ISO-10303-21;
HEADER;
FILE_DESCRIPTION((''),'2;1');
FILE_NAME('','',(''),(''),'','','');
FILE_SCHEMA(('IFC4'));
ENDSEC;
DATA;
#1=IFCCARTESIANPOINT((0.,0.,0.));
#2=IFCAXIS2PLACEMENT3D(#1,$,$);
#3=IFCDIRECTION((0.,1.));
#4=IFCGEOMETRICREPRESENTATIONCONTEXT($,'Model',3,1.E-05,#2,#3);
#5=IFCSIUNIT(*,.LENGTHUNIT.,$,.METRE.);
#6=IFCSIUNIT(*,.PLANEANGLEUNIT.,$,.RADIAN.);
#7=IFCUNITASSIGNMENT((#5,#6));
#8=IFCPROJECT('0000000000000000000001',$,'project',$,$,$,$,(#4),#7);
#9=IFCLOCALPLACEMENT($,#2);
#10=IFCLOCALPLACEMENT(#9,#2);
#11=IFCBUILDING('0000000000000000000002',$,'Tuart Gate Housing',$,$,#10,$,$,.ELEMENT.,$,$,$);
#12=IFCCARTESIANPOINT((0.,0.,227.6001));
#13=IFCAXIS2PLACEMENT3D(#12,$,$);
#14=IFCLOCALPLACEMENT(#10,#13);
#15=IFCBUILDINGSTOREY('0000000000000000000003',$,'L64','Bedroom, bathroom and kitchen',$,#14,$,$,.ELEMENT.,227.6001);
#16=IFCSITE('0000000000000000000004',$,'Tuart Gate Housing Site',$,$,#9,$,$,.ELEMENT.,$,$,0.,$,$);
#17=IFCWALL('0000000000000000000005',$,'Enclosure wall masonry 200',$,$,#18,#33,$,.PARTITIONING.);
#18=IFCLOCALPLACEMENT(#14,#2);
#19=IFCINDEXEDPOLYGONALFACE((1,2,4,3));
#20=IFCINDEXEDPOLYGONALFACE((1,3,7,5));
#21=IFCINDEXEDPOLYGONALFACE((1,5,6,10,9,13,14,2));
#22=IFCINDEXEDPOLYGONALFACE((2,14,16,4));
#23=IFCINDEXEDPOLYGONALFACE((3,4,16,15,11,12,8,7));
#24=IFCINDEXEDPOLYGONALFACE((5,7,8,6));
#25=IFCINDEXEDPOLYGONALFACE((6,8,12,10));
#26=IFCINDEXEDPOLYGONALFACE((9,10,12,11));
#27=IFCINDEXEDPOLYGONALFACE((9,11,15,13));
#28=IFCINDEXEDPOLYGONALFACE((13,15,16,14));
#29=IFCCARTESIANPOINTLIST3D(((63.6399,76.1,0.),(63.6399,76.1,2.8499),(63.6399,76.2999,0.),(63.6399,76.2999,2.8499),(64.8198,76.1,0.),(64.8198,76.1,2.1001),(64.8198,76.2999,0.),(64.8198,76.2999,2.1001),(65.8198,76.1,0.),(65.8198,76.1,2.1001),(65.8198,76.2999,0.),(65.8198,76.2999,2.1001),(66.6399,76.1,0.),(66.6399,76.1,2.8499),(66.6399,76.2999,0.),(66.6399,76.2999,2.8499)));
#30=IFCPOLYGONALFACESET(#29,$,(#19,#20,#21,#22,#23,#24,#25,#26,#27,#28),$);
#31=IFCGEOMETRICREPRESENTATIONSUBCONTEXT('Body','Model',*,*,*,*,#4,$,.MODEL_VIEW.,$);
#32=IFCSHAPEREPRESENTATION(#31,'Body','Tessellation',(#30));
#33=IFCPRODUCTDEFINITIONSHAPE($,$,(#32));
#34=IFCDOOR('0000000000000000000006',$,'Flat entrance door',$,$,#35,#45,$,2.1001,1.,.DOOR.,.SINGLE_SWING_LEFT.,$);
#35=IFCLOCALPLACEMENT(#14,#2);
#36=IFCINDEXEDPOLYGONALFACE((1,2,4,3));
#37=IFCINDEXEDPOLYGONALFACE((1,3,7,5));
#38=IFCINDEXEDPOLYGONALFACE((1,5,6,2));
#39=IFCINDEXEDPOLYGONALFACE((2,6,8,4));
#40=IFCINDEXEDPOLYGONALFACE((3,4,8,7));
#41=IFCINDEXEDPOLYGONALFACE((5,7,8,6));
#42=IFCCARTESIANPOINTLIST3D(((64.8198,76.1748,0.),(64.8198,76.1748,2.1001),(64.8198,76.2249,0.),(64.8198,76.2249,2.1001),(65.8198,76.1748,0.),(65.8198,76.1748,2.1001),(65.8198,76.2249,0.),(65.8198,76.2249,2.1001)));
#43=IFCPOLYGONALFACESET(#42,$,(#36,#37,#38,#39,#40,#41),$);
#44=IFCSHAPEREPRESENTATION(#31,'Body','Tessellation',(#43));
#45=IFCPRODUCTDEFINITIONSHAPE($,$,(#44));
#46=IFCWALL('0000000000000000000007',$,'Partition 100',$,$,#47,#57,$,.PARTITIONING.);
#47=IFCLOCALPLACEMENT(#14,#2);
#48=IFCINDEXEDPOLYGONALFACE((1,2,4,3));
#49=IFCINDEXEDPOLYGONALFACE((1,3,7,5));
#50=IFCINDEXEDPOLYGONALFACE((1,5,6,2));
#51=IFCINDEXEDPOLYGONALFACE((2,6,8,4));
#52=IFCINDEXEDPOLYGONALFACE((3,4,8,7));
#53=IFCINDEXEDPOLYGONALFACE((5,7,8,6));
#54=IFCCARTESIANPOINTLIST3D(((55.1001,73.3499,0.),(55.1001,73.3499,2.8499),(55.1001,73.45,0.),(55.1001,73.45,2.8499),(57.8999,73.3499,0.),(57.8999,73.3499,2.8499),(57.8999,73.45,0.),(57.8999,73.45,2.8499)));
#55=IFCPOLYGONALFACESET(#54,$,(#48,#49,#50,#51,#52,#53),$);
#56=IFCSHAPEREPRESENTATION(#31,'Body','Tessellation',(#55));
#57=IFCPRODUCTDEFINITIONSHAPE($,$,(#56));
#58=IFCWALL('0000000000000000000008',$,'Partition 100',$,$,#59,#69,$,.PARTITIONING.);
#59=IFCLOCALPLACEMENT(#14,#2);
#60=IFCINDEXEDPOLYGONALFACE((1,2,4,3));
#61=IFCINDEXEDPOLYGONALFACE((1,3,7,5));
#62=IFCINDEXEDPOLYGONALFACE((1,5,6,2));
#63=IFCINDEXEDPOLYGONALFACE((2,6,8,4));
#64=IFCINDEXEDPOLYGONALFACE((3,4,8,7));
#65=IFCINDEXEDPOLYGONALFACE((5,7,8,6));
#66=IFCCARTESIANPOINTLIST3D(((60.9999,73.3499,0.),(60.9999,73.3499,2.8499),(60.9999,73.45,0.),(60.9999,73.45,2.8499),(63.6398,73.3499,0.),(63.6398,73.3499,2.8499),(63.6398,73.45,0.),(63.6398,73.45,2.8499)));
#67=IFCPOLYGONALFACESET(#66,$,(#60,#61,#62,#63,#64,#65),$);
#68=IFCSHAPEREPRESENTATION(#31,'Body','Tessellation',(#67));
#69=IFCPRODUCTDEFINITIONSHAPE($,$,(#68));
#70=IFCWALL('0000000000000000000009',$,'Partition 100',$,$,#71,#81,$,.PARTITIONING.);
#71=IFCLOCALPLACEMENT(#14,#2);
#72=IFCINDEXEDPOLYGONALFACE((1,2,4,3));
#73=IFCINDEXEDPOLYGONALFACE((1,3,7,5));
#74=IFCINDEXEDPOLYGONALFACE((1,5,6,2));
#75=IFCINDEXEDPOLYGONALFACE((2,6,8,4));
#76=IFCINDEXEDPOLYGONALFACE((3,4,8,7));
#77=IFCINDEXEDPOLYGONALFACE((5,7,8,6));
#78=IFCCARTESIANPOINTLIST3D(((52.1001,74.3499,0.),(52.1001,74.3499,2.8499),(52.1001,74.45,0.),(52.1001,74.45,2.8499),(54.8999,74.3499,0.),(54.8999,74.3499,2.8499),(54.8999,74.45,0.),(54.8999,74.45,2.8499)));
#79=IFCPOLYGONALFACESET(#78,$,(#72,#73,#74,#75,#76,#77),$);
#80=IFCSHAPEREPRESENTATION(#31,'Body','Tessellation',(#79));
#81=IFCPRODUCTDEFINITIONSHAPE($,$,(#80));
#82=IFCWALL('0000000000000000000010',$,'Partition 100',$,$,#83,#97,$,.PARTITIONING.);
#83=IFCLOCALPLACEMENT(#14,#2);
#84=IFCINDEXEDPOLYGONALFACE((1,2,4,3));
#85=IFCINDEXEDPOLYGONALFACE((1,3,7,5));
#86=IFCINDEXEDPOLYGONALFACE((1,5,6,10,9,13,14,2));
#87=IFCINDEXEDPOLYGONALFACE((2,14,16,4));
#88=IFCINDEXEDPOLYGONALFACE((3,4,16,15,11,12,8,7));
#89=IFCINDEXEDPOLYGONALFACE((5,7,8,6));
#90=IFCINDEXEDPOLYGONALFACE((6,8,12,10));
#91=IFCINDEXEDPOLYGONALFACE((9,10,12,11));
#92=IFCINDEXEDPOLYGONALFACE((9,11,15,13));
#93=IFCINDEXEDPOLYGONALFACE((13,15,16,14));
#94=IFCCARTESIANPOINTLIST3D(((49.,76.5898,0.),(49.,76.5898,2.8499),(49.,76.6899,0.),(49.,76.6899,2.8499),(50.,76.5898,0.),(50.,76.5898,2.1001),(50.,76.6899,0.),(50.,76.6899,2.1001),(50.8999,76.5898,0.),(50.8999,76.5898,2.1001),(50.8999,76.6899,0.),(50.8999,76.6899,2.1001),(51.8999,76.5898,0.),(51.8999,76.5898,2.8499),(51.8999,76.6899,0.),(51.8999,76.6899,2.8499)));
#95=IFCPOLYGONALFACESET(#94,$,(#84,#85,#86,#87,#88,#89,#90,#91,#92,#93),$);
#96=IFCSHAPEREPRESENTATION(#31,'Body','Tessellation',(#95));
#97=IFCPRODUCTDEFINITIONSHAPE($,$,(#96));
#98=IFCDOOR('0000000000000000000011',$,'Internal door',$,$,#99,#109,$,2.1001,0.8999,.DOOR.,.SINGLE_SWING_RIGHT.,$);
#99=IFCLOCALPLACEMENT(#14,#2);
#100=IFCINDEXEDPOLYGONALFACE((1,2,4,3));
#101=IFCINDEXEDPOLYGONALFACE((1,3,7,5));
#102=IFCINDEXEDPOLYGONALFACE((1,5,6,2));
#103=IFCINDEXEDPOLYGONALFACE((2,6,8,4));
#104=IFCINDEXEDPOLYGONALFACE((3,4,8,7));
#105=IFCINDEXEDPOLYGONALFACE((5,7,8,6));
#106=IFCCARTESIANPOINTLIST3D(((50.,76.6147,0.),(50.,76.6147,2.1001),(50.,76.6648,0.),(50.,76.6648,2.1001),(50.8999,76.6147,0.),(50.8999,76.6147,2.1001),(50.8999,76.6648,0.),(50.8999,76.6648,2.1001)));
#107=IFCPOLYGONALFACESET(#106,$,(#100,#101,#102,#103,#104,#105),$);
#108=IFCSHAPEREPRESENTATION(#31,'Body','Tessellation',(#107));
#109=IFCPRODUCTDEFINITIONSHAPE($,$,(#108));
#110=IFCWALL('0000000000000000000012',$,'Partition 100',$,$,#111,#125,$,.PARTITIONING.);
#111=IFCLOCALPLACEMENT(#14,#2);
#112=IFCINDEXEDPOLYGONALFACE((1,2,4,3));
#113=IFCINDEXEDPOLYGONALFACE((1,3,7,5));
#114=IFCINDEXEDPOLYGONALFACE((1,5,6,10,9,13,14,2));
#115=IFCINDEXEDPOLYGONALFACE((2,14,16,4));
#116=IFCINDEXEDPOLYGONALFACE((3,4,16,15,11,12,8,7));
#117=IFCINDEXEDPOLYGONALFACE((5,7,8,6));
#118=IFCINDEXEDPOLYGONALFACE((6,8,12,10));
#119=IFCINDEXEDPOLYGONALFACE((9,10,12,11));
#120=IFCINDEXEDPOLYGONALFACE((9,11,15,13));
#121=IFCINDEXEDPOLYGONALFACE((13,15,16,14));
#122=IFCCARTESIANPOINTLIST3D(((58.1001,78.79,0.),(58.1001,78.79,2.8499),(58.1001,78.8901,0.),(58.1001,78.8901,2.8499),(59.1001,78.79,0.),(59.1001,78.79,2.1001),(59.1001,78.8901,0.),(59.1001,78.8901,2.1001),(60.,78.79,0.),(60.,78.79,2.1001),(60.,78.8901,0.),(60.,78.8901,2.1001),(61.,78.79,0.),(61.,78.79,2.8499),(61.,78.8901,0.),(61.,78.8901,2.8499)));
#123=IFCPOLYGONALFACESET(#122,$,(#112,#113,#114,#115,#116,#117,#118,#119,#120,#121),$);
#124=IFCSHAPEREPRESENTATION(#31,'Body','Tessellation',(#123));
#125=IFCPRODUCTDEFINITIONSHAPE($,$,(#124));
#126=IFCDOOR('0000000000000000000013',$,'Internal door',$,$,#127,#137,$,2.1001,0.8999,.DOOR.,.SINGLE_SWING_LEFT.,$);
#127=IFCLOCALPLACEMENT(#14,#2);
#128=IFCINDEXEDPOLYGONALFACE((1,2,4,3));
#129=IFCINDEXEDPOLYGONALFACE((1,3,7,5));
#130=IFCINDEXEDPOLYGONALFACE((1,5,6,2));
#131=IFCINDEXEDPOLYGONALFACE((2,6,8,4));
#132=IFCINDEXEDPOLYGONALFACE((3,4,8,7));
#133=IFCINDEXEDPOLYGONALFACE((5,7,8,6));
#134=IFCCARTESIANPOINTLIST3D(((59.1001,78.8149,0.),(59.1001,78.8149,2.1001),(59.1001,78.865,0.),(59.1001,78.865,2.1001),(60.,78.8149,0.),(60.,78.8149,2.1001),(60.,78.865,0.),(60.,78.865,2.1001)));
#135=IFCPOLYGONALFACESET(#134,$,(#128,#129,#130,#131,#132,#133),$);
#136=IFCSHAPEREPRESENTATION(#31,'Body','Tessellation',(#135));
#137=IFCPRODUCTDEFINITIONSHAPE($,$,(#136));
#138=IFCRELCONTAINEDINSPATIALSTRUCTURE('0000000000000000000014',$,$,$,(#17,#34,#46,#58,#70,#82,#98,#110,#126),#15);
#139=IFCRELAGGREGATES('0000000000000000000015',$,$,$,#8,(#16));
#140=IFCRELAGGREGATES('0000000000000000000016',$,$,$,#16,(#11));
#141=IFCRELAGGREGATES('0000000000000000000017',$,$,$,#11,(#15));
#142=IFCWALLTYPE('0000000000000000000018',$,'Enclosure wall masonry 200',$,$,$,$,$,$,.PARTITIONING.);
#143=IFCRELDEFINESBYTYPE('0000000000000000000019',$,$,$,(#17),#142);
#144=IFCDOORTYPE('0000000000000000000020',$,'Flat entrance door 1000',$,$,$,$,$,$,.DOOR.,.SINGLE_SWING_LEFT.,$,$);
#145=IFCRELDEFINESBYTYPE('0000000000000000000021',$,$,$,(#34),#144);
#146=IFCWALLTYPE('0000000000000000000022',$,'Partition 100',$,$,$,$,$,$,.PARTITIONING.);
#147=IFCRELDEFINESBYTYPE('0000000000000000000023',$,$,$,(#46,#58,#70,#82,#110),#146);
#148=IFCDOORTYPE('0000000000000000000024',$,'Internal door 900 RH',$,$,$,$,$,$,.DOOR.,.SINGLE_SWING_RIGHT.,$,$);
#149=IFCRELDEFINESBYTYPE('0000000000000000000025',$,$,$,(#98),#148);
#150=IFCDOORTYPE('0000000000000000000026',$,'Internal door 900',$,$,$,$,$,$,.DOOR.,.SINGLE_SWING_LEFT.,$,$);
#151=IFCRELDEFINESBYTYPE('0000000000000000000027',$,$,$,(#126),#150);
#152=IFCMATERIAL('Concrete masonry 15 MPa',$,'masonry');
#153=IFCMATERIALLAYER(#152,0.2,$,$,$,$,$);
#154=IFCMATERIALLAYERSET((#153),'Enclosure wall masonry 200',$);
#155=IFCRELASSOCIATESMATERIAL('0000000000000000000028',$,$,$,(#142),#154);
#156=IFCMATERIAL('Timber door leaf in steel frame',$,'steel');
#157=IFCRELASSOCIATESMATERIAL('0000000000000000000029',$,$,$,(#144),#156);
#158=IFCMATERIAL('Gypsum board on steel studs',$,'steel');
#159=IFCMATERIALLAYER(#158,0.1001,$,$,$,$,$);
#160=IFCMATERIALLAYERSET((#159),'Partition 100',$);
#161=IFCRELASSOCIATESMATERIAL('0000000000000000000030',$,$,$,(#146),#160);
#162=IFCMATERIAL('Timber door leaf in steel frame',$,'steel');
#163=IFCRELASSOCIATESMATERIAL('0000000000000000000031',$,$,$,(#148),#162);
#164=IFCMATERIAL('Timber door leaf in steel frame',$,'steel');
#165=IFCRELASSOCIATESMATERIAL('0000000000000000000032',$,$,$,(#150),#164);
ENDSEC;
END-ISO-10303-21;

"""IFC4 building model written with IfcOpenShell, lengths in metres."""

from ifc_helpers import new_model, si_unit, direction, frame, frame_2d, origin, place, context, subcontext, project, spatial, rectangle, extrude, material, layer, layer_set, type_object, element, fill, save


model = new_model("IFC4")

# Units and contexts
model_context = context("Model", 3, precision=1e-05, world=origin(), true_north=direction((0.0, 1.0)))
body_context = subcontext(model_context, "Body", "Model", "MODEL_VIEW")
ifc_project = project(units=[si_unit("LENGTHUNIT", "METRE"), si_unit("PLANEANGLEUNIT", "RADIAN")], contexts=[model_context])

# Site, building, storey
site_placement = place(None, origin())
site = spatial("IfcSite", under=ifc_project, at=site_placement, Name="Tuart Gate Housing Site", CompositionType="ELEMENT", RefElevation=0.0)
building_placement = place(site_placement, origin())
building = spatial("IfcBuilding", under=site, at=building_placement, Name="Tuart Gate Housing", CompositionType="ELEMENT")
storey_placement = place(building_placement, frame((0.0, 0.0, 227.6001)))
storey = spatial("IfcBuildingStorey", under=building, at=storey_placement, Name="L64", Description="Bedroom, bathroom and kitchen", CompositionType="ELEMENT", Elevation=227.6001)

# Wall, opening, door
ifc_material_1 = material(Name="Concrete masonry 15 MPa", Category="masonry")
ifc_layer_1 = layer(ifc_material_1, 0.2)
ifc_layer_set_1 = layer_set([ifc_layer_1], Name="Enclosure wall masonry 200")
wall_type_1 = type_object("IfcWallType", Name="Enclosure wall masonry 200", PredefinedType="PARTITIONING", material=ifc_layer_set_1)
wall_1_placement = place(storey_placement, frame((63.6399, 76.2, 0.0), z_axis=(0.0, 0.0, 1.0), x_axis=(1.0, 0.0, 0.0)))
wall_1 = element("IfcWall", 1, at=wall_1_placement, inside=storey, type_object=wall_type_1, Name="Enclosure wall masonry 200", PredefinedType="PARTITIONING", context=body_context, shape_type="SweptSolid", body=[
    extrude(rectangle(XDim=3.0, YDim=0.2, at=frame_2d((1.5, 0.0))), origin(), (0.0, 0.0, 1.0), 2.8499),
])
opening_1_placement = place(wall_1_placement, frame((1.1799, 0.0, 0.0)))
opening_1 = element("IfcOpeningElement", 2, at=opening_1_placement, cuts=wall_1, PredefinedType="OPENING", context=body_context, shape_type="SweptSolid", body=[
    extrude(rectangle(XDim=1.0, YDim=2.1001, at=frame_2d((0.5, 1.05))), frame((0.0, 0.1099, 0.0), z_axis=(0.0, -1.0, 0.0), x_axis=(1.0, 0.0, 0.0)), (0.0, 0.0, 1.0), 0.22),
])
ifc_material_2 = material(Name="Timber door leaf in steel frame", Category="steel")
door_type_1 = type_object("IfcDoorType", Name="Flat entrance door 1000", OperationType="SINGLE_SWING_LEFT", PredefinedType="DOOR", material=ifc_material_2)
door_1_placement = place(opening_1_placement, origin())
door_1 = element("IfcDoor", 3, at=door_1_placement, inside=storey, type_object=door_type_1, Name="Flat entrance door", OperationType="SINGLE_SWING_LEFT", OverallHeight=2.1001, OverallWidth=1.0, PredefinedType="DOOR", context=body_context, shape_type="SweptSolid", body=[
    extrude(rectangle(XDim=1.0, YDim=2.1001, at=frame_2d((0.5, 1.05))), frame((0.0, 0.0249, 0.0), z_axis=(0.0, -1.0, 0.0), x_axis=(1.0, 0.0, 0.0)), (0.0, 0.0, 1.0), 0.05),
])
fill(opening_1, door_1)

# Walls
ifc_material_3 = material(Name="Gypsum board on steel studs", Category="steel")
ifc_layer_2 = layer(ifc_material_3, 0.1001)
ifc_layer_set_2 = layer_set([ifc_layer_2], Name="Partition 100")
wall_type_2 = type_object("IfcWallType", Name="Partition 100", PredefinedType="PARTITIONING", material=ifc_layer_set_2)
wall_2_placement = place(storey_placement, frame((55.1001, 73.3999, 0.0), z_axis=(0.0, 0.0, 1.0), x_axis=(1.0, 0.0, 0.0)))
element("IfcWall", 4, at=wall_2_placement, inside=storey, type_object=wall_type_2, Name="Partition 100", PredefinedType="PARTITIONING", context=body_context, shape_type="SweptSolid", body=[
    extrude(rectangle(XDim=2.7998, YDim=0.1001, at=frame_2d((1.3999, 0.0))), origin(), (0.0, 0.0, 1.0), 2.8499),
])
wall_3_placement = place(storey_placement, frame((61.0, 73.3999, 0.0), z_axis=(0.0, 0.0, 1.0), x_axis=(1.0, 0.0, 0.0)))
element("IfcWall", 5, at=wall_3_placement, inside=storey, type_object=wall_type_2, Name="Partition 100", PredefinedType="PARTITIONING", context=body_context, shape_type="SweptSolid", body=[
    extrude(rectangle(XDim=2.6399, YDim=0.1001, at=frame_2d((1.3198, 0.0))), origin(), (0.0, 0.0, 1.0), 2.8499),
])
wall_4_placement = place(storey_placement, frame((52.1001, 74.3999, 0.0), z_axis=(0.0, 0.0, 1.0), x_axis=(1.0, 0.0, 0.0)))
element("IfcWall", 6, at=wall_4_placement, inside=storey, type_object=wall_type_2, Name="Partition 100", PredefinedType="PARTITIONING", context=body_context, shape_type="SweptSolid", body=[
    extrude(rectangle(XDim=2.7998, YDim=0.1001, at=frame_2d((1.3999, 0.0))), origin(), (0.0, 0.0, 1.0), 2.8499),
])

# Walls, openings, doors
wall_5_placement = place(storey_placement, frame((49.0, 76.6399, 0.0), z_axis=(0.0, 0.0, 1.0), x_axis=(1.0, 0.0, 0.0)))
wall_5 = element("IfcWall", 7, at=wall_5_placement, inside=storey, type_object=wall_type_2, Name="Partition 100", PredefinedType="PARTITIONING", context=body_context, shape_type="SweptSolid", body=[
    extrude(rectangle(XDim=2.8999, YDim=0.1001, at=frame_2d((1.45, 0.0))), origin(), (0.0, 0.0, 1.0), 2.8499),
])
opening_2_placement = place(wall_5_placement, frame((1.0, 0.0, 0.0)))
opening_2 = element("IfcOpeningElement", 8, at=opening_2_placement, cuts=wall_5, PredefinedType="OPENING", context=body_context, shape_type="SweptSolid", body=[
    extrude(rectangle(XDim=0.8999, YDim=2.1001, at=frame_2d((0.45, 1.05))), frame((0.0, 0.0601, 0.0), z_axis=(0.0, -1.0, 0.0), x_axis=(1.0, 0.0, 0.0)), (0.0, 0.0, 1.0), 0.1201),
])
ifc_material_4 = material(Name="Timber door leaf in steel frame", Category="steel")
door_type_2 = type_object("IfcDoorType", Name="Internal door 900 RH", OperationType="SINGLE_SWING_RIGHT", PredefinedType="DOOR", material=ifc_material_4)
door_2_placement = place(opening_2_placement, frame((0.8999, 0.0, 0.0), z_axis=(0.0, 0.0, 1.0), x_axis=(-1.0, 0.0, 0.0)))
door_2 = element("IfcDoor", 9, at=door_2_placement, inside=storey, type_object=door_type_2, Name="Internal door", OperationType="SINGLE_SWING_RIGHT", OverallHeight=2.1001, OverallWidth=0.8999, PredefinedType="DOOR", context=body_context, shape_type="SweptSolid", body=[
    extrude(rectangle(XDim=0.8999, YDim=2.1001, at=frame_2d((0.45, 1.05))), frame((0.0, 0.0251, 0.0), z_axis=(0.0, -1.0, 0.0), x_axis=(1.0, 0.0, 0.0)), (0.0, 0.0, 1.0), 0.05),
])
fill(opening_2, door_2)
wall_6_placement = place(storey_placement, frame((58.1001, 78.8401, 0.0), z_axis=(0.0, 0.0, 1.0), x_axis=(1.0, 0.0, 0.0)))
wall_6 = element("IfcWall", 10, at=wall_6_placement, inside=storey, type_object=wall_type_2, Name="Partition 100", PredefinedType="PARTITIONING", context=body_context, shape_type="SweptSolid", body=[
    extrude(rectangle(XDim=2.8999, YDim=0.1001, at=frame_2d((1.45, 0.0))), origin(), (0.0, 0.0, 1.0), 2.8499),
])
opening_3_placement = place(wall_6_placement, frame((1.0, 0.0, 0.0)))
opening_3 = element("IfcOpeningElement", 11, at=opening_3_placement, cuts=wall_6, PredefinedType="OPENING", context=body_context, shape_type="SweptSolid", body=[
    extrude(rectangle(XDim=0.8999, YDim=2.1001, at=frame_2d((0.45, 1.05))), frame((0.0, 0.0601, 0.0), z_axis=(0.0, -1.0, 0.0), x_axis=(1.0, 0.0, 0.0)), (0.0, 0.0, 1.0), 0.1201),
])
ifc_material_5 = material(Name="Timber door leaf in steel frame", Category="steel")
door_type_3 = type_object("IfcDoorType", Name="Internal door 900", OperationType="SINGLE_SWING_LEFT", PredefinedType="DOOR", material=ifc_material_5)
door_3_placement = place(opening_3_placement, frame((0.8999, 0.0, 0.0), z_axis=(0.0, 0.0, 1.0), x_axis=(-1.0, 0.0, 0.0)))
door_3 = element("IfcDoor", 12, at=door_3_placement, inside=storey, type_object=door_type_3, Name="Internal door", OperationType="SINGLE_SWING_LEFT", OverallHeight=2.1001, OverallWidth=0.8999, PredefinedType="DOOR", context=body_context, shape_type="SweptSolid", body=[
    extrude(rectangle(XDim=0.8999, YDim=2.1001, at=frame_2d((0.45, 1.05))), frame((0.0, 0.0251, 0.0), z_axis=(0.0, -1.0, 0.0), x_axis=(1.0, 0.0, 0.0)), (0.0, 0.0, 1.0), 0.05),
])
fill(opening_3, door_3)

save(model, "model.ifc")
